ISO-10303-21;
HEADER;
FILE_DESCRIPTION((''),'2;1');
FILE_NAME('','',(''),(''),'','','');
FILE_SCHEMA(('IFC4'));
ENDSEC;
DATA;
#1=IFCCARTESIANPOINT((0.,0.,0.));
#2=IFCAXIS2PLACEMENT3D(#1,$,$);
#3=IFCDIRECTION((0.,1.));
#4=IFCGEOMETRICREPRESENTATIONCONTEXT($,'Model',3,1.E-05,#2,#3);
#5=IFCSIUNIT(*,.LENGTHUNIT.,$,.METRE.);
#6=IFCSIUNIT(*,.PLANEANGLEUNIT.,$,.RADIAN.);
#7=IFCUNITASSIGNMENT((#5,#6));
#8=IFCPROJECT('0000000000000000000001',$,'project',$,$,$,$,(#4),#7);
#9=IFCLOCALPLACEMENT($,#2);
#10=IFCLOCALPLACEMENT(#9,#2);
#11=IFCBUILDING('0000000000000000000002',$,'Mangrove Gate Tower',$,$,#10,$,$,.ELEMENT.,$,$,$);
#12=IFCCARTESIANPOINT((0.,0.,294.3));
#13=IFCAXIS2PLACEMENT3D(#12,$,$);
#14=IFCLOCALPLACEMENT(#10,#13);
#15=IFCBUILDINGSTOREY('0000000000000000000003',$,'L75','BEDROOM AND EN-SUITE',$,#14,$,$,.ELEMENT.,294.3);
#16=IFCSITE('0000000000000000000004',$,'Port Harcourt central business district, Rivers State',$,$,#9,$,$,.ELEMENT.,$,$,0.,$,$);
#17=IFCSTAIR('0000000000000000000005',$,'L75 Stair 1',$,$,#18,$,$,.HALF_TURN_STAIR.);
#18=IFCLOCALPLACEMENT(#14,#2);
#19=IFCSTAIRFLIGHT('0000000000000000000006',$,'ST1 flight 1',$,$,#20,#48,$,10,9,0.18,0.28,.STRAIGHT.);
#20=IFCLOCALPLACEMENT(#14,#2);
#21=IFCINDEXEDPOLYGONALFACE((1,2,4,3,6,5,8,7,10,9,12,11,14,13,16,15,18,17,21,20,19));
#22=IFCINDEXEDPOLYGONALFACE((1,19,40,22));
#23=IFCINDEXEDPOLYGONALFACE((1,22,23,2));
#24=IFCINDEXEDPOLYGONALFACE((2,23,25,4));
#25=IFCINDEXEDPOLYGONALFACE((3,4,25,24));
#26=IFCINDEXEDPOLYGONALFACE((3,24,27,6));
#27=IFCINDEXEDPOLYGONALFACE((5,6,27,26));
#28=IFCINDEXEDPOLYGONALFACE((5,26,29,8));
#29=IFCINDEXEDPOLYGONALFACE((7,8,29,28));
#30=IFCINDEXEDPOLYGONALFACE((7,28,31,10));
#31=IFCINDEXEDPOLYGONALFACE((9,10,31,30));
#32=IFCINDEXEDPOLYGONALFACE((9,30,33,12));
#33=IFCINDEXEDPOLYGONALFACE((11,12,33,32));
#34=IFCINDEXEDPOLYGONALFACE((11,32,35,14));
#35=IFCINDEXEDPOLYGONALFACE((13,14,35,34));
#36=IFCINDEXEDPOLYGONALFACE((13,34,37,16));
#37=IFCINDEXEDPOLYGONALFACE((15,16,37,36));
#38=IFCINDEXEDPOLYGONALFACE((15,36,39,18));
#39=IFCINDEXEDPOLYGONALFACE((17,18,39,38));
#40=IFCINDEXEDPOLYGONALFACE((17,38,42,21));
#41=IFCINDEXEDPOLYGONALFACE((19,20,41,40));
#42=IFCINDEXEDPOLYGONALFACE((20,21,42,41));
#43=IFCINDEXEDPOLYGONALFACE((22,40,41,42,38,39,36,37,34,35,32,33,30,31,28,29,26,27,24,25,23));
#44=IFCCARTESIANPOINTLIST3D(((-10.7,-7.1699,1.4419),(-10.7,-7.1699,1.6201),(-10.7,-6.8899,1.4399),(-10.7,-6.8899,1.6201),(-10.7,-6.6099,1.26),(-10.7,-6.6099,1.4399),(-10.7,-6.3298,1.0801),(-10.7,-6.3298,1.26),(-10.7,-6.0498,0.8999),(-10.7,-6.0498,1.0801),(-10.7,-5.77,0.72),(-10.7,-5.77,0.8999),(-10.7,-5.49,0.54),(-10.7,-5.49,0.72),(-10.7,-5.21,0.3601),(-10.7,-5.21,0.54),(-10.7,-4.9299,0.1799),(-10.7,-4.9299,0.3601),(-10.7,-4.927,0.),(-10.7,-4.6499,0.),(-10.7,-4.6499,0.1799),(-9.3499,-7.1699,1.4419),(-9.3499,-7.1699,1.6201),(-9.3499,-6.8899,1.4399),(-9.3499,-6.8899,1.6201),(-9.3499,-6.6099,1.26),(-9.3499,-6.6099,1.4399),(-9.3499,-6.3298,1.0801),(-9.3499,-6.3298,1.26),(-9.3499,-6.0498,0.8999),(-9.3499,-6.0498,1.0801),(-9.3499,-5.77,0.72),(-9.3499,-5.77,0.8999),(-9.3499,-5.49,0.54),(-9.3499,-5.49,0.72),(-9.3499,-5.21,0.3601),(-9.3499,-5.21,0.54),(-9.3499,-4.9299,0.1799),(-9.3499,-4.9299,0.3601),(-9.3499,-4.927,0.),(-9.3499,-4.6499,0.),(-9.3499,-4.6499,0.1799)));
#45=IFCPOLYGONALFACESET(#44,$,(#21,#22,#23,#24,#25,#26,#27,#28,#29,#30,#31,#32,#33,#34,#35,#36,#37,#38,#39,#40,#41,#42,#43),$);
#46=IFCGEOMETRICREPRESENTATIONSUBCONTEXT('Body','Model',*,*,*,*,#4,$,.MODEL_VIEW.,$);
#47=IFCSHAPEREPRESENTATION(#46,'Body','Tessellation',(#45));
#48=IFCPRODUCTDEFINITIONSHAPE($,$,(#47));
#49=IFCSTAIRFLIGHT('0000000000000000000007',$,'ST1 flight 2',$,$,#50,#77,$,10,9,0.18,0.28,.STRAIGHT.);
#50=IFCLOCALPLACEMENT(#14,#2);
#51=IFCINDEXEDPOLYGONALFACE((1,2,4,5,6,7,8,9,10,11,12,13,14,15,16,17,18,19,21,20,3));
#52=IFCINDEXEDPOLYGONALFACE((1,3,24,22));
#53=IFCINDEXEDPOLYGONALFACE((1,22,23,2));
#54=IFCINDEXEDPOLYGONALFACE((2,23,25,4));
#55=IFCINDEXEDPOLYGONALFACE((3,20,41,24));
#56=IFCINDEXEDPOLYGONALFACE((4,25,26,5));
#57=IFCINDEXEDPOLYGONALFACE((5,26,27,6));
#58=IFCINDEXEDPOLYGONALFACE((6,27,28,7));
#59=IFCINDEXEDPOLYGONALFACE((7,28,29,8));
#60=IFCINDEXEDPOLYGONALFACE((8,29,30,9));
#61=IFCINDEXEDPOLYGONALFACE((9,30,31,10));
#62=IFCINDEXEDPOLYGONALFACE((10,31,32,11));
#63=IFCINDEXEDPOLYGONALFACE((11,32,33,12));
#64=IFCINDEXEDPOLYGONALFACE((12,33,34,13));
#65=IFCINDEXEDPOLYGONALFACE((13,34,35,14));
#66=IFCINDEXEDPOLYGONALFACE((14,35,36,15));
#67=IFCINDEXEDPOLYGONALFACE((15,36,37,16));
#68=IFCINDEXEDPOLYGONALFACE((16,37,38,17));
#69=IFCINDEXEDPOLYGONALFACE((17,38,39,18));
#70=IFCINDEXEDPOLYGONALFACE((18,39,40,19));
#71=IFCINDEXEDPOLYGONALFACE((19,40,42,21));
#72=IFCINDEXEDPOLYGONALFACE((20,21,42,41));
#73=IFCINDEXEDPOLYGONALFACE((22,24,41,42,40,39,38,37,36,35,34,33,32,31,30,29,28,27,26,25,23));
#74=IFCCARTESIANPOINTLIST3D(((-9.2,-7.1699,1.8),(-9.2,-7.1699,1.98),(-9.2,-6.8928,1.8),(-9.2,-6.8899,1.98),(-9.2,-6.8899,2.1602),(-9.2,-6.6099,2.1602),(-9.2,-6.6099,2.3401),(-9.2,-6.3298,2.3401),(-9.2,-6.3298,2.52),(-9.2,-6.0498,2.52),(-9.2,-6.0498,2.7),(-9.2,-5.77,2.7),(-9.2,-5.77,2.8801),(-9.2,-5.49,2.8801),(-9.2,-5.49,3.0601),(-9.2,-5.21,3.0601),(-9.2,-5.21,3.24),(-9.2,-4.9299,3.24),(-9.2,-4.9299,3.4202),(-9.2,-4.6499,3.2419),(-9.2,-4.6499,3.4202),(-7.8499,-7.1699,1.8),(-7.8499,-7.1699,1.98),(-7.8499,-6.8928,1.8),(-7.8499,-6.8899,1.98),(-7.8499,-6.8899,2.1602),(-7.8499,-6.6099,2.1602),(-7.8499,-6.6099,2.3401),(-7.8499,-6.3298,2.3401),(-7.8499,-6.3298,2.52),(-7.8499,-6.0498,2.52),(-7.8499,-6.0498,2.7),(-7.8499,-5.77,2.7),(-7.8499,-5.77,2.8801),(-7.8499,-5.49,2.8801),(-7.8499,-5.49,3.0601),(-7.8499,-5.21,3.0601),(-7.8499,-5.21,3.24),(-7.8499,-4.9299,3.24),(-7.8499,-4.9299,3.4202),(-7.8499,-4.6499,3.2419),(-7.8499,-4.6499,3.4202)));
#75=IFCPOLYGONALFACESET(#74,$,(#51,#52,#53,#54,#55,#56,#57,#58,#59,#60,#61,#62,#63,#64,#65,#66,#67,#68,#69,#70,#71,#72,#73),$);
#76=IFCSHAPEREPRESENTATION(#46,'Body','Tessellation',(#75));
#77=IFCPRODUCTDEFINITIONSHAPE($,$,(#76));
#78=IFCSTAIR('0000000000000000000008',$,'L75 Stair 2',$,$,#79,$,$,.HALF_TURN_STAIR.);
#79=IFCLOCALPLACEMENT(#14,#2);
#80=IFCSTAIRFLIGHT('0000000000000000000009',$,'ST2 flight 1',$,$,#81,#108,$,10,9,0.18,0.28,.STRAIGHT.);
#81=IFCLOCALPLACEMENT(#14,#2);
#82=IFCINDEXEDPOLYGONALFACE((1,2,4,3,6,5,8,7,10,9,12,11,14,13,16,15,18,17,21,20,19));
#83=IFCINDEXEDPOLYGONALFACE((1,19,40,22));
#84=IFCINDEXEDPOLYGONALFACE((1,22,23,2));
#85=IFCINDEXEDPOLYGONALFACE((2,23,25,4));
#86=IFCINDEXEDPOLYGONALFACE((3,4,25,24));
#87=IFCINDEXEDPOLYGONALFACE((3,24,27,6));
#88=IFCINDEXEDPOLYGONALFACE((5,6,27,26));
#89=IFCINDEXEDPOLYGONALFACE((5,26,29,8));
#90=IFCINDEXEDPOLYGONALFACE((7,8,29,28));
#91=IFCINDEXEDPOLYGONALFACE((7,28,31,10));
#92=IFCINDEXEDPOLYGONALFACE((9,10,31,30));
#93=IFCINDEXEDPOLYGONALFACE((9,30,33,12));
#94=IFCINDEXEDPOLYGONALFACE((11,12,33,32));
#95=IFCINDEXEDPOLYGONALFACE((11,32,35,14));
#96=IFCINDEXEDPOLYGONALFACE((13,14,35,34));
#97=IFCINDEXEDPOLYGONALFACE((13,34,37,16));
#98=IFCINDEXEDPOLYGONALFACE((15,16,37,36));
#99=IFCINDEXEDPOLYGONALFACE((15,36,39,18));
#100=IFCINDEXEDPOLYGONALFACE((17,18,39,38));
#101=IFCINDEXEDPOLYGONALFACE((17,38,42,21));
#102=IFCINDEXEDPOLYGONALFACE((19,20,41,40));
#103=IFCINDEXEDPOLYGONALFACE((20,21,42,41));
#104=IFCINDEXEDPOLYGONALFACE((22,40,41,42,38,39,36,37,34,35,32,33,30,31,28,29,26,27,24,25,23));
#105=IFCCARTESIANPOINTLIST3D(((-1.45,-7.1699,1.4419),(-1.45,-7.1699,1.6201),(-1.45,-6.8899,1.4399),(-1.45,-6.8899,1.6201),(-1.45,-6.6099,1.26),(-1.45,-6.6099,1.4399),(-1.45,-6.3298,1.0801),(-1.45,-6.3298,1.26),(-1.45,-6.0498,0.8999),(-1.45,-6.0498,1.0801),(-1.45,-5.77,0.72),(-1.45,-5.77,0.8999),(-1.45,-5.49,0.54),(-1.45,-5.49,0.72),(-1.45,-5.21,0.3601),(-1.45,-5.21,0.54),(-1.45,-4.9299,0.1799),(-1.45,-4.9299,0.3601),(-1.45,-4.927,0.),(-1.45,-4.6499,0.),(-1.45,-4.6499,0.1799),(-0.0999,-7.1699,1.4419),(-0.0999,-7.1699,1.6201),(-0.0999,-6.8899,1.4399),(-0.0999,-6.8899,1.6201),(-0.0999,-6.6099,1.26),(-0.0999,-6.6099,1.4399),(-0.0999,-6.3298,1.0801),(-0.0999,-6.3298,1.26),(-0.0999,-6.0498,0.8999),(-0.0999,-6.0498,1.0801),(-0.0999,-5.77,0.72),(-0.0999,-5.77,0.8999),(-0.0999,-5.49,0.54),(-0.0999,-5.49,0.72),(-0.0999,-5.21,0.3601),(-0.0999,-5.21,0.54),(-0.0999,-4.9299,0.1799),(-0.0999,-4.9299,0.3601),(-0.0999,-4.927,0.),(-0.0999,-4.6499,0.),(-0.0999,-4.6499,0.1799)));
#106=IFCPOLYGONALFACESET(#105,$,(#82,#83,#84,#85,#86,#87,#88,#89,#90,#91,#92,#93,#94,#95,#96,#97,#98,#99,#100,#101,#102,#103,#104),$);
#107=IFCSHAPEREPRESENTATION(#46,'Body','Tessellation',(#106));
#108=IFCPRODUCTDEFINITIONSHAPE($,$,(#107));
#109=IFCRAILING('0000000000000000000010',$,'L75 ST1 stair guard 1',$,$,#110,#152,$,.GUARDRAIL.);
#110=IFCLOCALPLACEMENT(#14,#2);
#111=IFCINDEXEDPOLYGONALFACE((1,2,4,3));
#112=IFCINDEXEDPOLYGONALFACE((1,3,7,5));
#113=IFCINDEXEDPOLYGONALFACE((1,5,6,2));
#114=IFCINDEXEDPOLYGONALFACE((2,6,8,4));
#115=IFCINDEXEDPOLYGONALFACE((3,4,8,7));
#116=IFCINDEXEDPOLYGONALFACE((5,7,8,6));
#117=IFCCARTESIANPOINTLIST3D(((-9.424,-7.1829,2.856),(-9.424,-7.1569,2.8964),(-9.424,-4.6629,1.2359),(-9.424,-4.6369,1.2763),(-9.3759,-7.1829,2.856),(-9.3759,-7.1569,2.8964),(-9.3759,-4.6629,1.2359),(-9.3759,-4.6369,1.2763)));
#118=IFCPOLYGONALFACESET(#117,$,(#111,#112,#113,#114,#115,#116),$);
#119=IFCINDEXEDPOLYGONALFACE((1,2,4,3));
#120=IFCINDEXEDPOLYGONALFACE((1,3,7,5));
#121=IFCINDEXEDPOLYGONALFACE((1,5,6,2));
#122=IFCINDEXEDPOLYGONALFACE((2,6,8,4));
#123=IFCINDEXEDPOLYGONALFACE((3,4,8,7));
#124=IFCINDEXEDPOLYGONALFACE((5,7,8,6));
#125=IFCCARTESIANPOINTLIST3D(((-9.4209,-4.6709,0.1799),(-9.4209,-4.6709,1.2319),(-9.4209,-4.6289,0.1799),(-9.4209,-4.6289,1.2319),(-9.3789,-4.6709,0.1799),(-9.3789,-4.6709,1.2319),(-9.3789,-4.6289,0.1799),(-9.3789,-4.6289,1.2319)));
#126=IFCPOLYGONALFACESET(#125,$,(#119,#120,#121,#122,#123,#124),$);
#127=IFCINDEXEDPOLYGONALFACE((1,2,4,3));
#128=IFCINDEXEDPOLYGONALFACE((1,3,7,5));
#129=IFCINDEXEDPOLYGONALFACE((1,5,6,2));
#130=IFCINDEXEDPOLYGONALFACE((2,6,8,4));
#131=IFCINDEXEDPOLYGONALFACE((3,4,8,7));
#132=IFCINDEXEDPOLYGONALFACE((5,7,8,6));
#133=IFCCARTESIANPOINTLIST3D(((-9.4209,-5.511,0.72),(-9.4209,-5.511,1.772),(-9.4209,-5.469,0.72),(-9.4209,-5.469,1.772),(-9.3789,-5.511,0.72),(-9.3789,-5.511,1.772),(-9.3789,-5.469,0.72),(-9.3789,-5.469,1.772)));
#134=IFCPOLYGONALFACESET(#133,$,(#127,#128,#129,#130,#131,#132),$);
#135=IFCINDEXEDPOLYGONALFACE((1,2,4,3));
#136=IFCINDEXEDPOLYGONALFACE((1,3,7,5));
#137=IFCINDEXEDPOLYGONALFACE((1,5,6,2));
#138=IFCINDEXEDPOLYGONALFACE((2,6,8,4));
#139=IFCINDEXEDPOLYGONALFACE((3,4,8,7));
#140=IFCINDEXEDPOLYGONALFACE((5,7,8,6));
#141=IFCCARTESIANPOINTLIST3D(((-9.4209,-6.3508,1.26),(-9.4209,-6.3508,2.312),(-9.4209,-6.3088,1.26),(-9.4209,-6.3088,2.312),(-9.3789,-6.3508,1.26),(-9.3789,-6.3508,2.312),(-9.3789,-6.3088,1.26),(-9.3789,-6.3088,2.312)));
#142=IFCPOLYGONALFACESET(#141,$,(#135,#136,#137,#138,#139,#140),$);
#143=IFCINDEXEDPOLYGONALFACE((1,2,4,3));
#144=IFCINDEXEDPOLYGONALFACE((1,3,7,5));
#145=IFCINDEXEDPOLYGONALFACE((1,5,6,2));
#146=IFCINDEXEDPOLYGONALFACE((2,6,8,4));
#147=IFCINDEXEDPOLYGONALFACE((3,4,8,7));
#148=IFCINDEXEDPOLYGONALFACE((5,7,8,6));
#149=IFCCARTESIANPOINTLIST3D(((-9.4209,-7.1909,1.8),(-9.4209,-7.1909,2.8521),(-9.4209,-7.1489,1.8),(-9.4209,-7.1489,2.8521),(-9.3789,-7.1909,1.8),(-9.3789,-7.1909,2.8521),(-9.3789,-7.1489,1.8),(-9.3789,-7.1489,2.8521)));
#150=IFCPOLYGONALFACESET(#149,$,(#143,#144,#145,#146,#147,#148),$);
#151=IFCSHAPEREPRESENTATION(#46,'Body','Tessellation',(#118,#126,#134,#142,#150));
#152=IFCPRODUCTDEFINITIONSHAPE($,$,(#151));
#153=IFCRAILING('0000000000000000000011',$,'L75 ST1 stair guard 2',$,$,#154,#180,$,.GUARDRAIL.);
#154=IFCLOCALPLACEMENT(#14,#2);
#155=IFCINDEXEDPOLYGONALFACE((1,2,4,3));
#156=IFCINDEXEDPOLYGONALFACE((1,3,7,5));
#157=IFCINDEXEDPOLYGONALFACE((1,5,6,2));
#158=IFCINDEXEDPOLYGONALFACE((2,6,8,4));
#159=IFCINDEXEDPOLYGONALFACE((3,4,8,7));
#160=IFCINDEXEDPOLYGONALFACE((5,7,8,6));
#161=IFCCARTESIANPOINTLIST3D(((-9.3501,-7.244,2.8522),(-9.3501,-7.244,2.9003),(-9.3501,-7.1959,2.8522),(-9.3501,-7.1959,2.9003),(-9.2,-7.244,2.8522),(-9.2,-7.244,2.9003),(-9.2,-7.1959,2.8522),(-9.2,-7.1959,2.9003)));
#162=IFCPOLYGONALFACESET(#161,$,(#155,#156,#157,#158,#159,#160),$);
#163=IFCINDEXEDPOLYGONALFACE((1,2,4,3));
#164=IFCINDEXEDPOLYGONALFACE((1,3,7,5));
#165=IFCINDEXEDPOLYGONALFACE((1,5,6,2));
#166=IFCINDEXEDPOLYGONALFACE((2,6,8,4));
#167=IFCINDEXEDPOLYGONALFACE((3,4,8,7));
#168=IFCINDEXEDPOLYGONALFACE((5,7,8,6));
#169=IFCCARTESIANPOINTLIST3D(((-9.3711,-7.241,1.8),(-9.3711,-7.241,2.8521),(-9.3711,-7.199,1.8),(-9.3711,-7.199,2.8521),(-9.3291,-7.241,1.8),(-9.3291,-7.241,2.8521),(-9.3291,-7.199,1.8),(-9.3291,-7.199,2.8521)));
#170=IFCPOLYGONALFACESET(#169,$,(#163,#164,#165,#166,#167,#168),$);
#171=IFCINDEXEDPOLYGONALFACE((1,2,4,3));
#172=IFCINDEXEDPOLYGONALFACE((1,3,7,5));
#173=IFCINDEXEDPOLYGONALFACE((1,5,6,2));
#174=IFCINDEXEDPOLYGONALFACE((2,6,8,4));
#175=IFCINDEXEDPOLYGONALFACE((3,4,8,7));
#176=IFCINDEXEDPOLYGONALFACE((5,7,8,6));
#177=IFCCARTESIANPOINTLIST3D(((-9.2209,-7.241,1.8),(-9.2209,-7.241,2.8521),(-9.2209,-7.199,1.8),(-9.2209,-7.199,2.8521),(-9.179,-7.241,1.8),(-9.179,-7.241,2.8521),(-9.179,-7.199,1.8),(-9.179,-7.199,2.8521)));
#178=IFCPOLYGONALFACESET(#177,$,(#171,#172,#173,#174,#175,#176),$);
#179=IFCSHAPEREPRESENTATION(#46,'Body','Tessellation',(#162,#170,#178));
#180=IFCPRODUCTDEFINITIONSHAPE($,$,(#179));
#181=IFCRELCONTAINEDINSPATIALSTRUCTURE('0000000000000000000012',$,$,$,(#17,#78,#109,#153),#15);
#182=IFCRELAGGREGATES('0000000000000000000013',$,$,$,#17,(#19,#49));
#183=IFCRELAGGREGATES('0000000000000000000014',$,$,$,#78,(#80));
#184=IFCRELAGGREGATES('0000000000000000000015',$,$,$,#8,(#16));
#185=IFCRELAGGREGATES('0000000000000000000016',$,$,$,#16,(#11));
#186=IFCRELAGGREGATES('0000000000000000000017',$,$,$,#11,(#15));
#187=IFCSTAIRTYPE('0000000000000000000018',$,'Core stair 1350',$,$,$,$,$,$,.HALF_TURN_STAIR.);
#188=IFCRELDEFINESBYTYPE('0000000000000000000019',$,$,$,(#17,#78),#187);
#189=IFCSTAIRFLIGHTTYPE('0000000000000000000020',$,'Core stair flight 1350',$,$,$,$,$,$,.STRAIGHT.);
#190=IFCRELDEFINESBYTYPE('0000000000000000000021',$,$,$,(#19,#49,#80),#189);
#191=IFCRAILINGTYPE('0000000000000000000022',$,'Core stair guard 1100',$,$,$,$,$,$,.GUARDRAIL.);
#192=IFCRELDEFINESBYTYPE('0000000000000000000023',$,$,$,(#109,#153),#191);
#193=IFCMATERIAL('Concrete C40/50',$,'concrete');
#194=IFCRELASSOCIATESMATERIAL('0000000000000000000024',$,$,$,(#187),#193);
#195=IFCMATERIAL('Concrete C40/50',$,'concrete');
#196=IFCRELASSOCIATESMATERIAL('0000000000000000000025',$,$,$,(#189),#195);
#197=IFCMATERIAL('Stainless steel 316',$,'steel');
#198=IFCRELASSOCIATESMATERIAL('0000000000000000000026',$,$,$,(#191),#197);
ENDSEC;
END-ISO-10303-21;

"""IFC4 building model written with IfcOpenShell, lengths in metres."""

from ifc_helpers import new_model, si_unit, direction, frame, origin, origin_2d, place, context, subcontext, project, spatial, polyline, rectangle, outline, extrude, material, type_object, element, aggregate, save


model = new_model("IFC4")

# Units and contexts
model_context = context("Model", 3, precision=1e-05, world=origin(), true_north=direction((0.0, 1.0)))
body_context = subcontext(model_context, "Body", "Model", "MODEL_VIEW")
ifc_project = project(units=[si_unit("LENGTHUNIT", "METRE"), si_unit("PLANEANGLEUNIT", "RADIAN")], contexts=[model_context])

# Site, building, storey
site_placement = place(None, origin())
site = spatial("IfcSite", under=ifc_project, at=site_placement, Name="Port Harcourt central business district, Rivers State", CompositionType="ELEMENT", RefElevation=0.0)
building_placement = place(site_placement, origin())
building = spatial("IfcBuilding", under=site, at=building_placement, Name="Mangrove Gate Tower", CompositionType="ELEMENT")
storey_placement = place(building_placement, frame((0.0, 0.0, 294.3)))
storey = spatial("IfcBuildingStorey", under=building, at=storey_placement, Name="L75", Description="BEDROOM AND EN-SUITE", CompositionType="ELEMENT", Elevation=294.3)

# Stair, stair flights
ifc_material_1 = material(Name="Concrete C40/50", Category="concrete")
stair_type = type_object("IfcStairType", Name="Core stair 1350", PredefinedType="HALF_TURN_STAIR", material=ifc_material_1)
stair_1_placement = place(storey_placement, origin())
stair_1 = element("IfcStair", 1, at=stair_1_placement, inside=storey, type_object=stair_type, Name="L75 Stair 1", PredefinedType="HALF_TURN_STAIR")
ifc_material_2 = material(Name="Concrete C40/50", Category="concrete")
stair_flight_type = type_object("IfcStairFlightType", Name="Core stair flight 1350", PredefinedType="STRAIGHT", material=ifc_material_2)
stair_flight_1_placement = place(storey_placement, frame((-10.0249, -4.6499, 0.0), z_axis=(0.0, 0.0, 1.0), x_axis=(0.0, -1.0, 0.0)))
stair_flight_1 = element("IfcStairFlight", 2, at=stair_flight_1_placement, type_object=stair_flight_type, Name="ST1 flight 1", NumberOfRisers=10, NumberOfTreads=9, PredefinedType="STRAIGHT", RiserHeight=0.18, TreadLength=0.28, context=body_context, shape_type="SweptSolid", body=[
    extrude(outline(polyline([(0.0, 0.0), (0.0, 0.1799), (0.28, 0.1799), (0.28, 0.3601), (0.5601, 0.3601), (0.5601, 0.54), (0.8401, 0.54), (0.8401, 0.72), (1.1201, 0.72), (1.1201, 0.8999), (1.3999, 0.8999), (1.3999, 1.0801), (1.6799, 1.0801), (1.6799, 1.26), (1.96, 1.26), (1.96, 1.4399), (2.24, 1.4399), (2.24, 1.6201), (2.52, 1.6201), (2.52, 1.8), (2.52, 1.4419), (0.2771, 0.0), (0.0, 0.0)])), frame((0.0, 0.675, 0.0), z_axis=(0.0, -1.0, 0.0), x_axis=(1.0, 0.0, 0.0)), (0.0, 0.0, 1.0), 1.3501),
])
stair_flight_2_placement = place(storey_placement, frame((-8.5249, -7.1699, 1.8), z_axis=(0.0, 0.0, 1.0), x_axis=(0.0, 1.0, 0.0)))
stair_flight_2 = element("IfcStairFlight", 3, at=stair_flight_2_placement, type_object=stair_flight_type, Name="ST1 flight 2", NumberOfRisers=10, NumberOfTreads=9, PredefinedType="STRAIGHT", RiserHeight=0.18, TreadLength=0.28, context=body_context, shape_type="SweptSolid", body=[
    extrude(outline(polyline([(0.0, 0.0), (0.0, 0.1799), (0.28, 0.1799), (0.28, 0.3601), (0.5601, 0.3601), (0.5601, 0.54), (0.8401, 0.54), (0.8401, 0.72), (1.1201, 0.72), (1.1201, 0.8999), (1.3999, 0.8999), (1.3999, 1.0801), (1.6799, 1.0801), (1.6799, 1.26), (1.96, 1.26), (1.96, 1.4399), (2.24, 1.4399), (2.24, 1.6201), (2.52, 1.6201), (2.52, 1.8), (2.52, 1.4419), (0.2771, 0.0), (0.0, 0.0)])), frame((0.0, 0.675, 0.0), z_axis=(0.0, -1.0, 0.0), x_axis=(1.0, 0.0, 0.0)), (0.0, 0.0, 1.0), 1.3501),
])
aggregate(stair_1, [stair_flight_1, stair_flight_2])

# Stair, stair flight
stair_2_placement = place(storey_placement, origin())
stair_2 = element("IfcStair", 4, at=stair_2_placement, inside=storey, type_object=stair_type, Name="L75 Stair 2", PredefinedType="HALF_TURN_STAIR")
stair_flight_3_placement = place(storey_placement, frame((-0.7749, -4.6499, 0.0), z_axis=(0.0, 0.0, 1.0), x_axis=(0.0, -1.0, 0.0)))
stair_flight_3 = element("IfcStairFlight", 5, at=stair_flight_3_placement, type_object=stair_flight_type, Name="ST2 flight 1", NumberOfRisers=10, NumberOfTreads=9, PredefinedType="STRAIGHT", RiserHeight=0.18, TreadLength=0.28, context=body_context, shape_type="SweptSolid", body=[
    extrude(outline(polyline([(0.0, 0.0), (0.0, 0.1799), (0.28, 0.1799), (0.28, 0.3601), (0.5601, 0.3601), (0.5601, 0.54), (0.8401, 0.54), (0.8401, 0.72), (1.1201, 0.72), (1.1201, 0.8999), (1.3999, 0.8999), (1.3999, 1.0801), (1.6799, 1.0801), (1.6799, 1.26), (1.96, 1.26), (1.96, 1.4399), (2.24, 1.4399), (2.24, 1.6201), (2.52, 1.6201), (2.52, 1.8), (2.52, 1.4419), (0.2771, 0.0), (0.0, 0.0)])), frame((0.0, 0.675, 0.0), z_axis=(0.0, -1.0, 0.0), x_axis=(1.0, 0.0, 0.0)), (0.0, 0.0, 1.0), 1.3501),
])
aggregate(stair_2, [stair_flight_3])

# Railings
ifc_material_3 = material(Name="Stainless steel 316", Category="steel")
railing_type_1 = type_object("IfcRailingType", Name="Core stair guard 1100", PredefinedType="GUARDRAIL", material=ifc_material_3)
railing_1_placement = place(storey_placement, frame((-9.3999, -4.6499, 0.1799)))
element("IfcRailing", 6, at=railing_1_placement, inside=storey, type_object=railing_type_1, Name="L75 ST1 stair guard 1", PredefinedType="GUARDRAIL", context=body_context, shape_type="SweptSolid", body=[
    extrude(rectangle(XDim=0.0481, YDim=0.0481, at=origin_2d()), frame((0.0, 0.0, 1.0762), z_axis=(0.0, -0.841163, 0.540782), x_axis=(1.0, 0.0, 0.0)), (0.0, 0.0, 1.0), 2.9958),
    extrude(rectangle(XDim=0.042, YDim=0.042, at=origin_2d()), origin(), (0.0, 0.0, 1.0), 1.052),
    extrude(rectangle(XDim=0.042, YDim=0.042, at=origin_2d()), frame((0.0, -0.8401, 0.54)), (0.0, 0.0, 1.0), 1.052),
    extrude(rectangle(XDim=0.042, YDim=0.042, at=origin_2d()), frame((0.0, -1.6799, 1.0801)), (0.0, 0.0, 1.0), 1.052),
    extrude(rectangle(XDim=0.042, YDim=0.042, at=origin_2d()), frame((0.0, -2.52, 1.6201)), (0.0, 0.0, 1.0), 1.052),
])
railing_2_placement = place(storey_placement, frame((-9.3501, -7.22, 1.8)))
element("IfcRailing", 7, at=railing_2_placement, inside=storey, type_object=railing_type_1, Name="L75 ST1 stair guard 2", PredefinedType="GUARDRAIL", context=body_context, shape_type="SweptSolid", body=[
    extrude(rectangle(XDim=0.0481, YDim=0.0481, at=origin_2d()), frame((0.0, 0.0, 1.0762), z_axis=(1.0, 0.0, 0.0), x_axis=(0.0, 1.0, 0.0)), (0.0, 0.0, 1.0), 0.1501),
    extrude(rectangle(XDim=0.042, YDim=0.042, at=origin_2d()), origin(), (0.0, 0.0, 1.0), 1.052),
    extrude(rectangle(XDim=0.042, YDim=0.042, at=origin_2d()), frame((0.1501, 0.0, 0.0)), (0.0, 0.0, 1.0), 1.052),
])

save(model, "model.ifc")
